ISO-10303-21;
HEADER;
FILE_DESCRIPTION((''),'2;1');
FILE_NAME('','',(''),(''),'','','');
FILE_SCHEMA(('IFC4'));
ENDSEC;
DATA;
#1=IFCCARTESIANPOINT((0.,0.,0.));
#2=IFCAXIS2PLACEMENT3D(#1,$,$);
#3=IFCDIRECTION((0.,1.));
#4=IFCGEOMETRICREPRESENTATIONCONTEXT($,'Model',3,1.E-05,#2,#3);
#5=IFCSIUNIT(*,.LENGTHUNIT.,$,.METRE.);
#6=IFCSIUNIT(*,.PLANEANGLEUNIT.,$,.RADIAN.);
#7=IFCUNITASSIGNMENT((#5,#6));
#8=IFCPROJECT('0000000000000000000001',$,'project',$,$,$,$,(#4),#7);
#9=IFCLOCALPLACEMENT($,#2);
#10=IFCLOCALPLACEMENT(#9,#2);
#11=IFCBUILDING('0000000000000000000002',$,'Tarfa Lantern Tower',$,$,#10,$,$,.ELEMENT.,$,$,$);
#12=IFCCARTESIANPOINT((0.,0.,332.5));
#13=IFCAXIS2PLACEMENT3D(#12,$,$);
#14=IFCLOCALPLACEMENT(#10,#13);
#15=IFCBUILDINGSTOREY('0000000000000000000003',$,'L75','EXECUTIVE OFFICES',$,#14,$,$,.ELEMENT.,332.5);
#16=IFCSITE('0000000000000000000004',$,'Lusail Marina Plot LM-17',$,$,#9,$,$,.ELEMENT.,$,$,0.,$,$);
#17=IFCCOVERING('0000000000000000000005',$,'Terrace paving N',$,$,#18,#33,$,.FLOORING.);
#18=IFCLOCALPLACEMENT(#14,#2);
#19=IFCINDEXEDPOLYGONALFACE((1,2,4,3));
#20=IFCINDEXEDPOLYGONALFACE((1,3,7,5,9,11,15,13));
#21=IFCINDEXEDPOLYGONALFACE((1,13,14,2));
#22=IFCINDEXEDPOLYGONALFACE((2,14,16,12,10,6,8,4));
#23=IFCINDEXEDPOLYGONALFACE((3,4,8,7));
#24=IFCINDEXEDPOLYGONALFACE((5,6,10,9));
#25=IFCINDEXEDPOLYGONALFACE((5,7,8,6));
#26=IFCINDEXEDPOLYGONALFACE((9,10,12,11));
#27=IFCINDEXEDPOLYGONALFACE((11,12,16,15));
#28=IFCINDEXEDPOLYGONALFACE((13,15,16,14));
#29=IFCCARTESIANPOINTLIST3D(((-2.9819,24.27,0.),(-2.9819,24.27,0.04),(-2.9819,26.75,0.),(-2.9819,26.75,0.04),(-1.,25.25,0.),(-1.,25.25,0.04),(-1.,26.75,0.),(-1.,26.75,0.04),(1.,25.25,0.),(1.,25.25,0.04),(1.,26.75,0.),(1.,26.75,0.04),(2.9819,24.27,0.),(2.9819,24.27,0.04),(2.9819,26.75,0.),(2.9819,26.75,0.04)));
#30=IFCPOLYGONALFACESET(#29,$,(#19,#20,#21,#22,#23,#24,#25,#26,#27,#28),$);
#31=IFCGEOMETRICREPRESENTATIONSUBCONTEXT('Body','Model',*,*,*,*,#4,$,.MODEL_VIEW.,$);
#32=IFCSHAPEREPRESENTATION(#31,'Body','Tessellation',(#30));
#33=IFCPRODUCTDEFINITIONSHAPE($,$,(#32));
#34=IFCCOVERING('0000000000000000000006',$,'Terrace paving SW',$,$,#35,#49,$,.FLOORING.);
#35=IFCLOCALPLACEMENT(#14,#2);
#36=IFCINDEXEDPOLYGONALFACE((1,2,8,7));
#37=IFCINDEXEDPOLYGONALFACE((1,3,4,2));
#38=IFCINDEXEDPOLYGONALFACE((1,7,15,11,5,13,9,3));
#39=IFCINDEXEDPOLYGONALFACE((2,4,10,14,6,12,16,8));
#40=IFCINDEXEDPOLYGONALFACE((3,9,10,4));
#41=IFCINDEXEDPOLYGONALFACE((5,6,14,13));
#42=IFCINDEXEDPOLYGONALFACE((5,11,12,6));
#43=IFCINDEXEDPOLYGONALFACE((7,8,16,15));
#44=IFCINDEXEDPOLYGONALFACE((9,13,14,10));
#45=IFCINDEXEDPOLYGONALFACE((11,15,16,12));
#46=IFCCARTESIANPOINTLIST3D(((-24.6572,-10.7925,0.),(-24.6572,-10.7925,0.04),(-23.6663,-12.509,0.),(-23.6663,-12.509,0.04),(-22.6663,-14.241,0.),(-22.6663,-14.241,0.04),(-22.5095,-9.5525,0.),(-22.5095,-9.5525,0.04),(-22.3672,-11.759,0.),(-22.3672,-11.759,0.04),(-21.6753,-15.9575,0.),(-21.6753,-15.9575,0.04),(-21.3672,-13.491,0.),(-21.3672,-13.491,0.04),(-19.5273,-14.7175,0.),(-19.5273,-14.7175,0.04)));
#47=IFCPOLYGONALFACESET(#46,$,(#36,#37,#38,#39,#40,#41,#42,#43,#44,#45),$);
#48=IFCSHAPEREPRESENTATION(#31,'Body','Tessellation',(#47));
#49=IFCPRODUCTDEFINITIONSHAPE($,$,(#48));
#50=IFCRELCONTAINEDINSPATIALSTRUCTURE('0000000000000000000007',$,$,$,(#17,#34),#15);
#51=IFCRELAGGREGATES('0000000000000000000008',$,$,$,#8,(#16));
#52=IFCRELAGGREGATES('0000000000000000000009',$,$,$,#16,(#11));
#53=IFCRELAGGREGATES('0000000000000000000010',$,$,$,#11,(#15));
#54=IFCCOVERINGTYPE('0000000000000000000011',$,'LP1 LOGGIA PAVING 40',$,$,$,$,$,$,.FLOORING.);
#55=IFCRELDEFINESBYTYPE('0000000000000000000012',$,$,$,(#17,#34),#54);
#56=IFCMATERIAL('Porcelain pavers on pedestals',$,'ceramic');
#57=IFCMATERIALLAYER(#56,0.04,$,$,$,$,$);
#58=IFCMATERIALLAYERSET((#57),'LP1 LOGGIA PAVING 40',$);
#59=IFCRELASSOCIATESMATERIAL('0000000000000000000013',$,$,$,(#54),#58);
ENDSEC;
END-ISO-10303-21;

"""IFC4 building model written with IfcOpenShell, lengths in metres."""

from ifc_helpers import new_model, si_unit, direction, frame, origin, place, context, subcontext, project, spatial, polyline, outline, extrude, material, layer, layer_set, type_object, element, save


model = new_model("IFC4")

# Units and contexts
model_context = context("Model", 3, precision=1e-05, world=origin(), true_north=direction((0.0, 1.0)))
body_context = subcontext(model_context, "Body", "Model", "MODEL_VIEW")
ifc_project = project(units=[si_unit("LENGTHUNIT", "METRE"), si_unit("PLANEANGLEUNIT", "RADIAN")], contexts=[model_context])

# Site, building, storey
site_placement = place(None, origin())
site = spatial("IfcSite", under=ifc_project, at=site_placement, Name="Lusail Marina Plot LM-17", CompositionType="ELEMENT", RefElevation=0.0)
building_placement = place(site_placement, origin())
building = spatial("IfcBuilding", under=site, at=building_placement, Name="Tarfa Lantern Tower", CompositionType="ELEMENT")
storey_placement = place(building_placement, frame((0.0, 0.0, 332.5)))
storey = spatial("IfcBuildingStorey", under=building, at=storey_placement, Name="L75", Description="EXECUTIVE OFFICES", CompositionType="ELEMENT", Elevation=332.5)

# Coverings
ifc_material_1 = material(Name="Porcelain pavers on pedestals", Category="ceramic")
ifc_layer_1 = layer(ifc_material_1, 0.04)
ifc_layer_set_1 = layer_set([ifc_layer_1], Name="LP1 LOGGIA PAVING 40")
covering_type = type_object("IfcCoveringType", Name="LP1 LOGGIA PAVING 40", PredefinedType="FLOORING", material=ifc_layer_set_1)
covering_1_placement = place(storey_placement, origin())
element("IfcCovering", 1, at=covering_1_placement, inside=storey, type_object=covering_type, Name="Terrace paving N", PredefinedType="FLOORING", context=body_context, shape_type="SweptSolid", body=[
    extrude(outline(polyline([(2.9819, 26.75), (2.9819, 24.27), (-2.9819, 24.27), (-2.9819, 26.75), (-1.0, 26.75), (-1.0, 25.25), (1.0, 25.25), (1.0, 26.75), (2.9819, 26.75)])), origin(), (0.0, 0.0, 1.0), 0.04),
])
covering_2_placement = place(storey_placement, origin())
element("IfcCovering", 2, at=covering_2_placement, inside=storey, type_object=covering_type, Name="Terrace paving SW", PredefinedType="FLOORING", context=body_context, shape_type="SweptSolid", body=[
    extrude(outline(polyline([(-24.6572, -10.7925), (-22.5095, -9.5525), (-19.5273, -14.7175), (-21.6753, -15.9575), (-22.6663, -14.241), (-21.3672, -13.491), (-22.3672, -11.759), (-23.6663, -12.509), (-24.6572, -10.7925)])), origin(), (0.0, 0.0, 1.0), 0.04),
])

save(model, "model.ifc")
